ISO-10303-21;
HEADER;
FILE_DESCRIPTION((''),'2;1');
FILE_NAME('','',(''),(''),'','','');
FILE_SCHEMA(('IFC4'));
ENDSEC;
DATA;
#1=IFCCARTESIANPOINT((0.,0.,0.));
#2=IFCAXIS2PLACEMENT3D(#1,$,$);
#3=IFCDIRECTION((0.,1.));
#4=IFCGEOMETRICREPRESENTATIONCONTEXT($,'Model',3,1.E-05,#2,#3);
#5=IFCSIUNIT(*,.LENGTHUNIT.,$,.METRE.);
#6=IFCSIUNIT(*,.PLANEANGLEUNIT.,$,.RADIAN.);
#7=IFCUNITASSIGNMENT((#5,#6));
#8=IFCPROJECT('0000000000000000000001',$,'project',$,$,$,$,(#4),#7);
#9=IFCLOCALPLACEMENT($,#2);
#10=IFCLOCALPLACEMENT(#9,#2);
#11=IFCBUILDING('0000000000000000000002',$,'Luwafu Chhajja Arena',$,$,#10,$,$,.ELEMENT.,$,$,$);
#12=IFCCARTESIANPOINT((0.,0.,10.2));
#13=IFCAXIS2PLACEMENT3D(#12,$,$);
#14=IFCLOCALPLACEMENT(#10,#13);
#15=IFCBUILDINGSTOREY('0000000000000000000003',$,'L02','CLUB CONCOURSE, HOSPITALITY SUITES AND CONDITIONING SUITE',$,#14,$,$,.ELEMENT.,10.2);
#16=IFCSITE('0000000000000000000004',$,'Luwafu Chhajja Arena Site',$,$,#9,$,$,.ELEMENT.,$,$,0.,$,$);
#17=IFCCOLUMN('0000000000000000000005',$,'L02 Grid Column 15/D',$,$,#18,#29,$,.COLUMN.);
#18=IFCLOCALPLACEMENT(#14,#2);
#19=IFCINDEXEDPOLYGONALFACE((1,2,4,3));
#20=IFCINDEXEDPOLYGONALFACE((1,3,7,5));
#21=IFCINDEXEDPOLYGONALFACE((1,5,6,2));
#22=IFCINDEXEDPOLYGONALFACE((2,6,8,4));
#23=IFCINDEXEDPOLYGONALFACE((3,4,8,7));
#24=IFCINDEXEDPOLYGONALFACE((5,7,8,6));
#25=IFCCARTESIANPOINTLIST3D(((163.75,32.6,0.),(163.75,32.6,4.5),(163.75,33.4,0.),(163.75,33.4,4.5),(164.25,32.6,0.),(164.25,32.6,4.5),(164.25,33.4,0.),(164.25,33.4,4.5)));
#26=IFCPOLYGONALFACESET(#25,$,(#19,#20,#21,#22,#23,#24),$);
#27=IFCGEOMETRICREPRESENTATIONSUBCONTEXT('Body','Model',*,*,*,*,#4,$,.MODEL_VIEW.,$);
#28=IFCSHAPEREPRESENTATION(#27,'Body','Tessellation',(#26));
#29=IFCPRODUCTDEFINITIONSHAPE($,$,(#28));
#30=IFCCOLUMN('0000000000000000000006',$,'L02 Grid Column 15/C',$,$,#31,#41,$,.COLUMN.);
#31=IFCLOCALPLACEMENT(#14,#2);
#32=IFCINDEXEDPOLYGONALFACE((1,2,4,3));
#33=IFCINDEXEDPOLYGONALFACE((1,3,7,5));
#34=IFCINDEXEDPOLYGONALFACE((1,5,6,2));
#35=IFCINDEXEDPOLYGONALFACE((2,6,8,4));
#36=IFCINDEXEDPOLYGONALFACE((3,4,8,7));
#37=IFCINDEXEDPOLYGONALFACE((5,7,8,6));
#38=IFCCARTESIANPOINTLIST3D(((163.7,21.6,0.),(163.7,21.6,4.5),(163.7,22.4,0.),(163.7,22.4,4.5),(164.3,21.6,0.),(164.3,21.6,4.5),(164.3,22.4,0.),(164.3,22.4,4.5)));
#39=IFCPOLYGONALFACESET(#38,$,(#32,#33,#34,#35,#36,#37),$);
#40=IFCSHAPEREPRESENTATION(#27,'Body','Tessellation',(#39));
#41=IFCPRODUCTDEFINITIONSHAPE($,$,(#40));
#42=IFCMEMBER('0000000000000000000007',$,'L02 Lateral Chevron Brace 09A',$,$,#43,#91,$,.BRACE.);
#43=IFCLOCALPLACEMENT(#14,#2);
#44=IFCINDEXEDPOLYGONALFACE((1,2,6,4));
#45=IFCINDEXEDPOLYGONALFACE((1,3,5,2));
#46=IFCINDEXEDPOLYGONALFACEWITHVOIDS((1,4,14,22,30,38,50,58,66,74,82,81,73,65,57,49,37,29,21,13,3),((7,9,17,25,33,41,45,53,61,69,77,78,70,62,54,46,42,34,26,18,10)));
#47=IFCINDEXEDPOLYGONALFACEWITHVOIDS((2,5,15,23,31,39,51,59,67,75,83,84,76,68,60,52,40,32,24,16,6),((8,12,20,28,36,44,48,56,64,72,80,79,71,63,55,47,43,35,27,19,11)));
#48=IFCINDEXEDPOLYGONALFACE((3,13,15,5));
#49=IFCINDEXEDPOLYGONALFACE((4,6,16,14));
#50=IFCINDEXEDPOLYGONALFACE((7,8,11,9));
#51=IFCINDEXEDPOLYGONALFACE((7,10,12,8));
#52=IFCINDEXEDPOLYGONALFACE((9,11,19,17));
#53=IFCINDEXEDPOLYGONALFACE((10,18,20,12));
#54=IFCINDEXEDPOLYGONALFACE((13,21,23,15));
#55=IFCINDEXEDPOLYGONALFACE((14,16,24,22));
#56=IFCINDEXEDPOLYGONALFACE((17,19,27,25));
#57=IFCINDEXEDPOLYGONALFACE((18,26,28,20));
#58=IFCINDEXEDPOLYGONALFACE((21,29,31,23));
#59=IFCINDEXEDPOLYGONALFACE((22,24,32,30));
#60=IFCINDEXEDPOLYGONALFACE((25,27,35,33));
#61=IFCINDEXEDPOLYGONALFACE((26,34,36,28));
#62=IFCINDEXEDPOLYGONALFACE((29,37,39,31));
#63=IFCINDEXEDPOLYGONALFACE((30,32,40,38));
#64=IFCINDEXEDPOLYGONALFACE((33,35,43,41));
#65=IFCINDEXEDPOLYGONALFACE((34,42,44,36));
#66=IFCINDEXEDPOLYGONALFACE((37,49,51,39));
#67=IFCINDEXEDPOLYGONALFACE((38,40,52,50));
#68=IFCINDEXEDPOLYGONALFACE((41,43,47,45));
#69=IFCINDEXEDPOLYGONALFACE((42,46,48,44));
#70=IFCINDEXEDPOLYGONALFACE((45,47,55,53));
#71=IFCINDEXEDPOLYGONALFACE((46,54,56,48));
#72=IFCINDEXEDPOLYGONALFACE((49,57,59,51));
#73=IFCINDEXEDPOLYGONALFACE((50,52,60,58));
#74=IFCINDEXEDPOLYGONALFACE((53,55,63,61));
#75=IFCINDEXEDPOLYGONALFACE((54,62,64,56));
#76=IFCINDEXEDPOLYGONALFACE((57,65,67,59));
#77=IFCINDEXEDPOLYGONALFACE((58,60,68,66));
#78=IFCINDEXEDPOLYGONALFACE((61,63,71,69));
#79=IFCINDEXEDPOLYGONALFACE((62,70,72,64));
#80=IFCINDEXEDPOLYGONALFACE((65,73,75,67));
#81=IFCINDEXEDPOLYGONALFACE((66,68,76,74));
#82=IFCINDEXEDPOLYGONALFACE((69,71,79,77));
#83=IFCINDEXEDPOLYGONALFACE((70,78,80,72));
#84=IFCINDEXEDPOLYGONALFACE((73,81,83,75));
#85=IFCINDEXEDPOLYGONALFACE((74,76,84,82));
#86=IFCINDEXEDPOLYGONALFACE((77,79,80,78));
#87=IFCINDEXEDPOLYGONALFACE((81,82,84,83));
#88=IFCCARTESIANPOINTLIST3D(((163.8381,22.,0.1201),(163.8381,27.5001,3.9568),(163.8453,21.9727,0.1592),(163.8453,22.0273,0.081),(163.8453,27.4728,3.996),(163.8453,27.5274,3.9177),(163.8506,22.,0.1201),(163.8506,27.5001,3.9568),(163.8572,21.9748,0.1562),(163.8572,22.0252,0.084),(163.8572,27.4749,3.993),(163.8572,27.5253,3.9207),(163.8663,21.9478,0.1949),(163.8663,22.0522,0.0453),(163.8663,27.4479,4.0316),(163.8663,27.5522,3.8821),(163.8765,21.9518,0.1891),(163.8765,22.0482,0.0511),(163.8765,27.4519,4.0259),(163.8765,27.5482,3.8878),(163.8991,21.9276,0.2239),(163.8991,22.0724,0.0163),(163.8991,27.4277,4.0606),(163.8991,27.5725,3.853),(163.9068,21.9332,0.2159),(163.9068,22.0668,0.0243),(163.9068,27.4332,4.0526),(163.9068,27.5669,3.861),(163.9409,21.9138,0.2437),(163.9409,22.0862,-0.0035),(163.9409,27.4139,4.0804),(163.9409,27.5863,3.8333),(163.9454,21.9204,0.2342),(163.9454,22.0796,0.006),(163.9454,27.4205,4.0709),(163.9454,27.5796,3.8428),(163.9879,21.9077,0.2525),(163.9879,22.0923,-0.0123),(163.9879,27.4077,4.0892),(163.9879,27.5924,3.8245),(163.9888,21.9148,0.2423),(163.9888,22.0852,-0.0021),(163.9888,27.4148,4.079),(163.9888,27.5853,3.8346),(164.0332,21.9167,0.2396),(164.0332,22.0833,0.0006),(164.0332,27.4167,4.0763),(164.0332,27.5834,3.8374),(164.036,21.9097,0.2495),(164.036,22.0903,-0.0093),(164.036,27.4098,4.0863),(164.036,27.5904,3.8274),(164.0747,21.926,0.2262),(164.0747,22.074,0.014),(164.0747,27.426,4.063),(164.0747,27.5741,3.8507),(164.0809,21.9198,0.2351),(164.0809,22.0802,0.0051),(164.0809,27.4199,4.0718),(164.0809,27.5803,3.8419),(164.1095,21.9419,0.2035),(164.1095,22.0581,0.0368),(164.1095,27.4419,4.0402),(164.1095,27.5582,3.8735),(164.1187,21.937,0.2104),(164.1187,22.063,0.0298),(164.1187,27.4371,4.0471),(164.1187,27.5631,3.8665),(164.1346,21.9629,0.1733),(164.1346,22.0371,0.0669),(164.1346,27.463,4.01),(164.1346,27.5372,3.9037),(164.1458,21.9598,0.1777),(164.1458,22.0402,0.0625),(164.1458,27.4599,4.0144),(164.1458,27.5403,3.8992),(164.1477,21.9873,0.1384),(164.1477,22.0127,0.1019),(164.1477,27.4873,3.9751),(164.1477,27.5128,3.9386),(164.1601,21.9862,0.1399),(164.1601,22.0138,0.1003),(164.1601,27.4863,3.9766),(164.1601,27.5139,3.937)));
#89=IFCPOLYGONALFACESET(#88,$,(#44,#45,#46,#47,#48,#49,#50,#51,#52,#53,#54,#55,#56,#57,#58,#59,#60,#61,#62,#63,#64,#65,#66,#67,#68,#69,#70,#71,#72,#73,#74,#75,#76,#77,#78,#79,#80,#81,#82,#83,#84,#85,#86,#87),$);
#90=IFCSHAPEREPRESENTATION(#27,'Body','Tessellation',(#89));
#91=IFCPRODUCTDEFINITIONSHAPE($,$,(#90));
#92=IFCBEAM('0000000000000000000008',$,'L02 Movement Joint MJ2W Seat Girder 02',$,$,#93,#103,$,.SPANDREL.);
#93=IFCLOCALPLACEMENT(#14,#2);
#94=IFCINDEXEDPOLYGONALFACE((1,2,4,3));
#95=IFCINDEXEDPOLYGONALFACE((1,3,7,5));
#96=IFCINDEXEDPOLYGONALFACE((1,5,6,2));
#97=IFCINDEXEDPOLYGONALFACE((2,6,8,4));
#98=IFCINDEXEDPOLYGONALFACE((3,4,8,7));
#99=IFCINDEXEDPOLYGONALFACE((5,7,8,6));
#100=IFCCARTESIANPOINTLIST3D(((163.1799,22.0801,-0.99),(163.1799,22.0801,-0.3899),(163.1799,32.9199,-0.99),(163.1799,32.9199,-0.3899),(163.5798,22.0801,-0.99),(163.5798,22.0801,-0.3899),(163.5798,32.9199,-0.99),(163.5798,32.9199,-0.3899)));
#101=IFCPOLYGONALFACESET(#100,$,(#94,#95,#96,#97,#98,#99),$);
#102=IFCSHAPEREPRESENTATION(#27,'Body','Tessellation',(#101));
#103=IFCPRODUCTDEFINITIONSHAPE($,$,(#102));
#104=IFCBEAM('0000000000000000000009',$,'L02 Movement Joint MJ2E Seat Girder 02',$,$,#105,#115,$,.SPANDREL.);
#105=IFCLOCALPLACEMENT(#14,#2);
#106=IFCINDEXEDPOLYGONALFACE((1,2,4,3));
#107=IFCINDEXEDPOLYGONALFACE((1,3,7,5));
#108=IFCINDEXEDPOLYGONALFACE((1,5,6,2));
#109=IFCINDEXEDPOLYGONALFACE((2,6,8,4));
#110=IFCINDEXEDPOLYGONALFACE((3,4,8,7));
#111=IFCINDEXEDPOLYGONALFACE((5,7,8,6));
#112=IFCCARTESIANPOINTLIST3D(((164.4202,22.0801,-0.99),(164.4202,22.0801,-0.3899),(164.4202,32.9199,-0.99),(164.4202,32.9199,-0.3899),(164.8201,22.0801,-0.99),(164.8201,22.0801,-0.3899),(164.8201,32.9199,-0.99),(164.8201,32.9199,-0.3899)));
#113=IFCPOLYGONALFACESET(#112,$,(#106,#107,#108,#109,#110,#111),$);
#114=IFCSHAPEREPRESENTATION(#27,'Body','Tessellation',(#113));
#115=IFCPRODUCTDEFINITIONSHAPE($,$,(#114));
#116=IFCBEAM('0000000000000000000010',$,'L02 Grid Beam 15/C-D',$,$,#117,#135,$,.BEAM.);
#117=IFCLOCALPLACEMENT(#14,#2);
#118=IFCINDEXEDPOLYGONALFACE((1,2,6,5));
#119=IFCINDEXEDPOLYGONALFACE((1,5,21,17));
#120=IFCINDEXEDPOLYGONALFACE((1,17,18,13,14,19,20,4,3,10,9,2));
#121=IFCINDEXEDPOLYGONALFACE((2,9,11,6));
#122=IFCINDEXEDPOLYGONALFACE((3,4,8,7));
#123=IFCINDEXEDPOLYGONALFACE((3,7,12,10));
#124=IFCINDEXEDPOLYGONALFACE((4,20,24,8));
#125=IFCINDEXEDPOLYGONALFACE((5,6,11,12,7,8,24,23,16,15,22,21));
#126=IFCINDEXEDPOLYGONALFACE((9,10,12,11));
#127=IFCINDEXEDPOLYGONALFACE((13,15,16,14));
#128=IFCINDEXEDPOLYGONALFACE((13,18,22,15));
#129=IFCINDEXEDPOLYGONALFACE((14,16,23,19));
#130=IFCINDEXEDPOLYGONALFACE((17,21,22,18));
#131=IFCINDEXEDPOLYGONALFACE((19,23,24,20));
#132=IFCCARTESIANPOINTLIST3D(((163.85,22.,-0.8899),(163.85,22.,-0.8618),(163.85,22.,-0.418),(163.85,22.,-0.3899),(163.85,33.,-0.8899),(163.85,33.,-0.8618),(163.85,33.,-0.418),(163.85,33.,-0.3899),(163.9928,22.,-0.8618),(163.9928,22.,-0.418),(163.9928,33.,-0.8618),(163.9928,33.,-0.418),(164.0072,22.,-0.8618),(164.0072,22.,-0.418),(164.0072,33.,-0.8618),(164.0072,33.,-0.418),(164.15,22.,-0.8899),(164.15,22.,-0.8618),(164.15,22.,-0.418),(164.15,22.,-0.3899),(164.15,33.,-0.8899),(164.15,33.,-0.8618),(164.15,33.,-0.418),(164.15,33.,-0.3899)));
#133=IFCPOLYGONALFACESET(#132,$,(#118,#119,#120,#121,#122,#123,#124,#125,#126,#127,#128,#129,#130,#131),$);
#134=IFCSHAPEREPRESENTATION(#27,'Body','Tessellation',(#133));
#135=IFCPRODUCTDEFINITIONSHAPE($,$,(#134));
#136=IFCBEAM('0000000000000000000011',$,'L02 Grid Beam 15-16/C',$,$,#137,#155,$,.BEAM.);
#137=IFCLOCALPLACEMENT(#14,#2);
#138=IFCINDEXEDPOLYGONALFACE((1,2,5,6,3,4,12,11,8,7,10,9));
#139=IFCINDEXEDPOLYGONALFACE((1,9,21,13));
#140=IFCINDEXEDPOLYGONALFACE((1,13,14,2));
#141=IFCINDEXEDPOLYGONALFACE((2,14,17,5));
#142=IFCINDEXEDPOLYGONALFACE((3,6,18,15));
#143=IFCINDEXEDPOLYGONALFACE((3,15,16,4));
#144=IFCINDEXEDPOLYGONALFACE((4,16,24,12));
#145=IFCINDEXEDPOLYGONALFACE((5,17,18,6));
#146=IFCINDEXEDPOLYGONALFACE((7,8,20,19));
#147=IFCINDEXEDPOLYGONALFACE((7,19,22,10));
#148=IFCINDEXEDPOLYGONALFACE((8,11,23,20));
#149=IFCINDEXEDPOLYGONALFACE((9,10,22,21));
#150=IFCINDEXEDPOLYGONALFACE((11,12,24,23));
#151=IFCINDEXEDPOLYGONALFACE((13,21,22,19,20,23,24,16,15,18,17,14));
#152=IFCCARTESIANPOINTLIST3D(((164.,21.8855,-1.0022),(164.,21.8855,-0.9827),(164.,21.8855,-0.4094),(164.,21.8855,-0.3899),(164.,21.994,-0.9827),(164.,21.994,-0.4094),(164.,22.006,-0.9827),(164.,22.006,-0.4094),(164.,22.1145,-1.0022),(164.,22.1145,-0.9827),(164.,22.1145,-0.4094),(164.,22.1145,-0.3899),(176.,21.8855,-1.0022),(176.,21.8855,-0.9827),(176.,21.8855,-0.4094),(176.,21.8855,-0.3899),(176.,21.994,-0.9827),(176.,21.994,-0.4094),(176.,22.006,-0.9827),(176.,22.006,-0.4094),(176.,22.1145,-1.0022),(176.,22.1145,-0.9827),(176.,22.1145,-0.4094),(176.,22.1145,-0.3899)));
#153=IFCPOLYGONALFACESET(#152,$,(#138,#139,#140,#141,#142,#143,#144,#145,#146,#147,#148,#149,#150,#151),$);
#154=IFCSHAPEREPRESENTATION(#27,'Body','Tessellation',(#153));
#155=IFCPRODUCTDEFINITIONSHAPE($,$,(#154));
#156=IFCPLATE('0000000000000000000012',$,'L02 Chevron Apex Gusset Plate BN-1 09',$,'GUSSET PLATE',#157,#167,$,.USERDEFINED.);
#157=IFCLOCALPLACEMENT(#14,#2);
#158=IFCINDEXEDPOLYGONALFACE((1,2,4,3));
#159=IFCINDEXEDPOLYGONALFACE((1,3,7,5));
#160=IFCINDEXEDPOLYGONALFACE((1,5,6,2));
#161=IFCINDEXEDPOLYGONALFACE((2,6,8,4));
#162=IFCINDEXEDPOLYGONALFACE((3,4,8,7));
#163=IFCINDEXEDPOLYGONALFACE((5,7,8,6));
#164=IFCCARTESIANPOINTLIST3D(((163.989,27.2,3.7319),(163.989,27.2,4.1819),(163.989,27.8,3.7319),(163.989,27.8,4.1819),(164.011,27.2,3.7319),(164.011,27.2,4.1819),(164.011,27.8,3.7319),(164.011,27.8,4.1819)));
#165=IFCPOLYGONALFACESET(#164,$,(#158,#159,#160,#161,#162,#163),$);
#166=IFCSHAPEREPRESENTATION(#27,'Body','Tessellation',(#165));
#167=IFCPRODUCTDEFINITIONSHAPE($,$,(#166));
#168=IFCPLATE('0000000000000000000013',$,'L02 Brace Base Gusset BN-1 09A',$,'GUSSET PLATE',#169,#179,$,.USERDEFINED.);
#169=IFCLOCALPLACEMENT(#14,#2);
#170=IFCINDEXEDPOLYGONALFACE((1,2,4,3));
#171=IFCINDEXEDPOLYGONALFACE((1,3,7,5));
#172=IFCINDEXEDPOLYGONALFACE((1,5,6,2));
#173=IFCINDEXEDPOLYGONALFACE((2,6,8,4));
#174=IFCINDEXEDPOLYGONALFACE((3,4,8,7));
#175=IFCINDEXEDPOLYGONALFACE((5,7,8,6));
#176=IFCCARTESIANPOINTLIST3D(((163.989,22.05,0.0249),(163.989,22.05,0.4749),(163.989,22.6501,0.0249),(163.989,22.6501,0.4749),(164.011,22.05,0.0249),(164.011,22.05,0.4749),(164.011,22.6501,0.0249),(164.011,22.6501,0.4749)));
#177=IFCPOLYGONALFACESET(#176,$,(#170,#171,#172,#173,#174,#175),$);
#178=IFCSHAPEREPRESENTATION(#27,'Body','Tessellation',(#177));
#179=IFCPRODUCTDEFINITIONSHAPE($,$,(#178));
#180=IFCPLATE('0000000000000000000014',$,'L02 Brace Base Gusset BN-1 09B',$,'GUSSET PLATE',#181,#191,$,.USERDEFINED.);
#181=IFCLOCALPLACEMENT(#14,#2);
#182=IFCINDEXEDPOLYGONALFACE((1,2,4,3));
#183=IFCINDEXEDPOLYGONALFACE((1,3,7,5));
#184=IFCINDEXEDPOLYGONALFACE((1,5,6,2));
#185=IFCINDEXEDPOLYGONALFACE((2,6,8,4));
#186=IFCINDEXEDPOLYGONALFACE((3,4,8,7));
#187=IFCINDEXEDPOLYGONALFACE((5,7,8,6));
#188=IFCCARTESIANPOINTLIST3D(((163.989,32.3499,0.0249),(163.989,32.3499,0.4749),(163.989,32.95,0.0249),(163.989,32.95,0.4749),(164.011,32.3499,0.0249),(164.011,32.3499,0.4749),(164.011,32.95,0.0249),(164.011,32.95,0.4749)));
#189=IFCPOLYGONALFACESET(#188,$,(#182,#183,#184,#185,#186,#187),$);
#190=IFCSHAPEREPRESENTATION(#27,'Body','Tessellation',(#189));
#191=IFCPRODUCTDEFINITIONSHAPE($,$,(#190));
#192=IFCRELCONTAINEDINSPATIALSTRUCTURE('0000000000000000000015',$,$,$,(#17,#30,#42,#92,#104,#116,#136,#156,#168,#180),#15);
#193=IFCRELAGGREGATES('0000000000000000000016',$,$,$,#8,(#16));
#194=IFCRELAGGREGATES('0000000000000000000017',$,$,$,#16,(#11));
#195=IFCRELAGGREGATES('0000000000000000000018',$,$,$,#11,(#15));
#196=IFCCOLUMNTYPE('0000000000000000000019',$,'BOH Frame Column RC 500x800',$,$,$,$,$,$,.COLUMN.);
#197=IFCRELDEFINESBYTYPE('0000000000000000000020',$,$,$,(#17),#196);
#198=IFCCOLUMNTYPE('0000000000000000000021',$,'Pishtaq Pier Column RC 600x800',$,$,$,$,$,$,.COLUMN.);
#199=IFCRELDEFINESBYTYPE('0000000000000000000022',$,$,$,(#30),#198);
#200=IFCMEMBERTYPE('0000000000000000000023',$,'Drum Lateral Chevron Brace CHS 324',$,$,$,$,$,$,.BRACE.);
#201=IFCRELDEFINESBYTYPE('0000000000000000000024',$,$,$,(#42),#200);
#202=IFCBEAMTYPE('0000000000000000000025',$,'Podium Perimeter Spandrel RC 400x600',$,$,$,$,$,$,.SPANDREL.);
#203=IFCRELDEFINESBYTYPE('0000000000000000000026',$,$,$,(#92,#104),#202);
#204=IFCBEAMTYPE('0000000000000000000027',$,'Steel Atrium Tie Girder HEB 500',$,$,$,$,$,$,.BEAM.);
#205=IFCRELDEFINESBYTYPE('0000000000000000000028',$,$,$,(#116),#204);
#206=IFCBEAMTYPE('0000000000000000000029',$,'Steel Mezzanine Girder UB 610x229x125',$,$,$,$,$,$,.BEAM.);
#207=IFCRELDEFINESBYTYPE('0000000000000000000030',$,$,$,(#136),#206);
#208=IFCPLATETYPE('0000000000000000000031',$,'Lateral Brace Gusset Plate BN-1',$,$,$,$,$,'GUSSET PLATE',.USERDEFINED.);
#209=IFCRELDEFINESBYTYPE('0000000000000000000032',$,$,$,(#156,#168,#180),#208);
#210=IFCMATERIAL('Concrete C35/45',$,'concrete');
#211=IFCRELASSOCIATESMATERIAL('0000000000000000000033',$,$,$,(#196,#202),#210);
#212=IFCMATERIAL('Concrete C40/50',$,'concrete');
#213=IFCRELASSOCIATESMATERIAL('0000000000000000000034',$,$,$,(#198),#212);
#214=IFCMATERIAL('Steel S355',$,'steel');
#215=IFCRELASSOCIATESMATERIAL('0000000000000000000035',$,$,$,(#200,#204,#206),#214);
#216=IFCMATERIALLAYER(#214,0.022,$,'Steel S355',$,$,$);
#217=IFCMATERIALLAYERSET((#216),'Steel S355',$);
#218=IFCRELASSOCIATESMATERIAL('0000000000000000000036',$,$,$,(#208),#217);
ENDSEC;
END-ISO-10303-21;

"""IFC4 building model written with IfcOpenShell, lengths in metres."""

from ifc_helpers import new_model, si_unit, direction, frame, origin, origin_2d, place, context, subcontext, project, spatial, rectangle, hollow_circle, i_section, extrude, material, layer, layer_set, material_profile, profile_set, type_object, element, save


model = new_model("IFC4")

# Units and contexts
model_context = context("Model", 3, precision=1e-05, world=origin(), true_north=direction((0.0, 1.0)))
body_context = subcontext(model_context, "Body", "Model", "MODEL_VIEW")
ifc_project = project(units=[si_unit("LENGTHUNIT", "METRE"), si_unit("PLANEANGLEUNIT", "RADIAN")], contexts=[model_context])

# Site, building, storey
site_placement = place(None, origin())
site = spatial("IfcSite", under=ifc_project, at=site_placement, Name="Luwafu Chhajja Arena Site", CompositionType="ELEMENT", RefElevation=0.0)
building_placement = place(site_placement, origin())
building = spatial("IfcBuilding", under=site, at=building_placement, Name="Luwafu Chhajja Arena", CompositionType="ELEMENT")
storey_placement = place(building_placement, frame((0.0, 0.0, 10.2)))
storey = spatial("IfcBuildingStorey", under=building, at=storey_placement, Name="L02", Description="CLUB CONCOURSE, HOSPITALITY SUITES AND CONDITIONING SUITE", CompositionType="ELEMENT", Elevation=10.2)

# Columns
ifc_material_1 = material(Name="Concrete C35/45", Category="concrete")
ifc_material_profile_1 = material_profile(ifc_material_1, rectangle(XDim=0.5, YDim=0.8, at=origin_2d()), Name="RC 500x800")
ifc_profile_set_1 = profile_set([ifc_material_profile_1], Name="Concrete C35/45")
column_type_1 = type_object("IfcColumnType", Name="BOH Frame Column RC 500x800", PredefinedType="COLUMN", material=ifc_profile_set_1)
column_1_placement = place(storey_placement, frame((164.0, 33.0, 0.0), z_axis=(0.0, 0.0, 1.0), x_axis=(1.0, 0.0, 0.0)))
element("IfcColumn", 1, at=column_1_placement, inside=storey, type_object=column_type_1, Name="L02 Grid Column 15/D", PredefinedType="COLUMN", context=body_context, shape_type="SweptSolid", body=[
    extrude(rectangle(XDim=0.5, YDim=0.8, at=origin_2d()), origin(), (0.0, 0.0, 1.0), 4.5),
])
ifc_material_2 = material(Name="Concrete C40/50", Category="concrete")
ifc_material_profile_2 = material_profile(ifc_material_2, rectangle(XDim=0.6001, YDim=0.8, at=origin_2d()), Name="RC 600x800")
ifc_profile_set_2 = profile_set([ifc_material_profile_2], Name="Concrete C40/50")
column_type_2 = type_object("IfcColumnType", Name="Pishtaq Pier Column RC 600x800", PredefinedType="COLUMN", material=ifc_profile_set_2)
column_2_placement = place(storey_placement, frame((164.0, 22.0, 0.0), z_axis=(0.0, 0.0, 1.0), x_axis=(1.0, 0.0, 0.0)))
element("IfcColumn", 2, at=column_2_placement, inside=storey, type_object=column_type_2, Name="L02 Grid Column 15/C", PredefinedType="COLUMN", context=body_context, shape_type="SweptSolid", body=[
    extrude(rectangle(XDim=0.6001, YDim=0.8, at=origin_2d()), origin(), (0.0, 0.0, 1.0), 4.5),
])

# Member
ifc_material_3 = material(Name="Steel S355", Category="steel")
ifc_material_profile_3 = material_profile(ifc_material_3, hollow_circle(Radius=0.1619, WallThickness=0.0125, at=origin_2d()), Name="CHS 323.9x12.5")
ifc_profile_set_3 = profile_set([ifc_material_profile_3], Name="Steel S355")
member_type = type_object("IfcMemberType", Name="Drum Lateral Chevron Brace CHS 324", PredefinedType="BRACE", material=ifc_profile_set_3)
member_placement = place(storey_placement, frame((164.0, 22.0, 0.1201), z_axis=(0.0, 0.820165, 0.572127), x_axis=(-1.0, 0.0, 0.0)))
element("IfcMember", 3, at=member_placement, inside=storey, type_object=member_type, Name="L02 Lateral Chevron Brace 09A", PredefinedType="BRACE", context=body_context, shape_type="SweptSolid", body=[
    extrude(hollow_circle(Radius=0.1619, WallThickness=0.0125, at=origin_2d()), origin(), (0.0, 0.0, 1.0), 6.7061),
])

# Beams
ifc_material_profile_4 = material_profile(ifc_material_1, rectangle(XDim=0.3999, YDim=0.6001, at=origin_2d()), Name="RC 400x600")
ifc_profile_set_4 = profile_set([ifc_material_profile_4], Name="Concrete C35/45")
beam_type_1 = type_object("IfcBeamType", Name="Podium Perimeter Spandrel RC 400x600", PredefinedType="SPANDREL", material=ifc_profile_set_4)
for number, where, z_axis, x_axis, name in (
    (4, (163.3799, 22.0801, -0.6899), (0.0, 1.0, 0.0), (-1.0, 0.0, 0.0), "L02 Movement Joint MJ2W Seat Girder 02"),
    (5, (164.6201, 22.0801, -0.6899), (0.0, 1.0, 0.0), (-1.0, 0.0, 0.0), "L02 Movement Joint MJ2E Seat Girder 02"),
):
    element("IfcBeam", number, at=place(storey_placement, frame(where, z_axis=z_axis, x_axis=x_axis)), inside=storey, type_object=beam_type_1, Name=name, PredefinedType="SPANDREL", context=body_context, shape_type="SweptSolid", body=[
        extrude(rectangle(XDim=0.3999, YDim=0.6001, at=origin_2d()), origin(), (0.0, 0.0, 1.0), 10.8398),
    ])
ifc_material_profile_5 = material_profile(ifc_material_3, i_section(OverallWidth=0.3, OverallDepth=0.5, WebThickness=0.0144, FlangeThickness=0.0281, at=origin_2d()), Name="HEB 500")
ifc_profile_set_5 = profile_set([ifc_material_profile_5], Name="Steel S355")
beam_type_2 = type_object("IfcBeamType", Name="Steel Atrium Tie Girder HEB 500", PredefinedType="BEAM", material=ifc_profile_set_5)
beam_1_placement = place(storey_placement, frame((164.0, 22.0, -0.6399), z_axis=(0.0, 1.0, 0.0), x_axis=(-1.0, 0.0, 0.0)))
element("IfcBeam", 6, at=beam_1_placement, inside=storey, type_object=beam_type_2, Name="L02 Grid Beam 15/C-D", PredefinedType="BEAM", context=body_context, shape_type="SweptSolid", body=[
    extrude(i_section(OverallWidth=0.3, OverallDepth=0.5, WebThickness=0.0144, FlangeThickness=0.0281, at=origin_2d()), origin(), (0.0, 0.0, 1.0), 11.0),
])
ifc_material_profile_6 = material_profile(ifc_material_3, i_section(OverallWidth=0.229, OverallDepth=0.6123, WebThickness=0.012, FlangeThickness=0.0195, at=origin_2d()), Name="UB 610x229x125")
ifc_profile_set_6 = profile_set([ifc_material_profile_6], Name="Steel S355")
beam_type_3 = type_object("IfcBeamType", Name="Steel Mezzanine Girder UB 610x229x125", PredefinedType="BEAM", material=ifc_profile_set_6)
beam_2_placement = place(storey_placement, frame((164.0, 22.0, -0.696), z_axis=(1.0, 0.0, 0.0), x_axis=(0.0, 1.0, 0.0)))
element("IfcBeam", 7, at=beam_2_placement, inside=storey, type_object=beam_type_3, Name="L02 Grid Beam 15-16/C", PredefinedType="BEAM", context=body_context, shape_type="SweptSolid", body=[
    extrude(i_section(OverallWidth=0.229, OverallDepth=0.6123, WebThickness=0.012, FlangeThickness=0.0195, at=origin_2d()), origin(), (0.0, 0.0, 1.0), 12.0),
])

# Plates
ifc_layer_1 = layer(ifc_material_3, 0.022, Name="Steel S355")
ifc_layer_set_1 = layer_set([ifc_layer_1], Name="Steel S355")
plate_type = type_object("IfcPlateType", Name="Lateral Brace Gusset Plate BN-1", ElementType="GUSSET PLATE", PredefinedType="USERDEFINED", material=ifc_layer_set_1)
for number, where, z_axis, x_axis, name in (
    (8, (164.0, 27.5, 3.7319), (0.0, 0.0, 1.0), (1.0, 0.0, 0.0), "L02 Chevron Apex Gusset Plate BN-1 09"),
    (9, (164.0, 22.3501, 0.0249), (0.0, 0.0, 1.0), (1.0, 0.0, 0.0), "L02 Brace Base Gusset BN-1 09A"),
    (10, (164.0, 32.6499, 0.0249), (0.0, 0.0, 1.0), (1.0, 0.0, 0.0), "L02 Brace Base Gusset BN-1 09B"),
):
    element("IfcPlate", number, at=place(storey_placement, frame(where, z_axis=z_axis, x_axis=x_axis)), inside=storey, type_object=plate_type, Name=name, ObjectType="GUSSET PLATE", PredefinedType="USERDEFINED", context=body_context, shape_type="SweptSolid", body=[
        extrude(rectangle(XDim=0.022, YDim=0.6001, at=origin_2d()), origin(), (0.0, 0.0, 1.0), 0.45),
    ])

save(model, "model.ifc")
